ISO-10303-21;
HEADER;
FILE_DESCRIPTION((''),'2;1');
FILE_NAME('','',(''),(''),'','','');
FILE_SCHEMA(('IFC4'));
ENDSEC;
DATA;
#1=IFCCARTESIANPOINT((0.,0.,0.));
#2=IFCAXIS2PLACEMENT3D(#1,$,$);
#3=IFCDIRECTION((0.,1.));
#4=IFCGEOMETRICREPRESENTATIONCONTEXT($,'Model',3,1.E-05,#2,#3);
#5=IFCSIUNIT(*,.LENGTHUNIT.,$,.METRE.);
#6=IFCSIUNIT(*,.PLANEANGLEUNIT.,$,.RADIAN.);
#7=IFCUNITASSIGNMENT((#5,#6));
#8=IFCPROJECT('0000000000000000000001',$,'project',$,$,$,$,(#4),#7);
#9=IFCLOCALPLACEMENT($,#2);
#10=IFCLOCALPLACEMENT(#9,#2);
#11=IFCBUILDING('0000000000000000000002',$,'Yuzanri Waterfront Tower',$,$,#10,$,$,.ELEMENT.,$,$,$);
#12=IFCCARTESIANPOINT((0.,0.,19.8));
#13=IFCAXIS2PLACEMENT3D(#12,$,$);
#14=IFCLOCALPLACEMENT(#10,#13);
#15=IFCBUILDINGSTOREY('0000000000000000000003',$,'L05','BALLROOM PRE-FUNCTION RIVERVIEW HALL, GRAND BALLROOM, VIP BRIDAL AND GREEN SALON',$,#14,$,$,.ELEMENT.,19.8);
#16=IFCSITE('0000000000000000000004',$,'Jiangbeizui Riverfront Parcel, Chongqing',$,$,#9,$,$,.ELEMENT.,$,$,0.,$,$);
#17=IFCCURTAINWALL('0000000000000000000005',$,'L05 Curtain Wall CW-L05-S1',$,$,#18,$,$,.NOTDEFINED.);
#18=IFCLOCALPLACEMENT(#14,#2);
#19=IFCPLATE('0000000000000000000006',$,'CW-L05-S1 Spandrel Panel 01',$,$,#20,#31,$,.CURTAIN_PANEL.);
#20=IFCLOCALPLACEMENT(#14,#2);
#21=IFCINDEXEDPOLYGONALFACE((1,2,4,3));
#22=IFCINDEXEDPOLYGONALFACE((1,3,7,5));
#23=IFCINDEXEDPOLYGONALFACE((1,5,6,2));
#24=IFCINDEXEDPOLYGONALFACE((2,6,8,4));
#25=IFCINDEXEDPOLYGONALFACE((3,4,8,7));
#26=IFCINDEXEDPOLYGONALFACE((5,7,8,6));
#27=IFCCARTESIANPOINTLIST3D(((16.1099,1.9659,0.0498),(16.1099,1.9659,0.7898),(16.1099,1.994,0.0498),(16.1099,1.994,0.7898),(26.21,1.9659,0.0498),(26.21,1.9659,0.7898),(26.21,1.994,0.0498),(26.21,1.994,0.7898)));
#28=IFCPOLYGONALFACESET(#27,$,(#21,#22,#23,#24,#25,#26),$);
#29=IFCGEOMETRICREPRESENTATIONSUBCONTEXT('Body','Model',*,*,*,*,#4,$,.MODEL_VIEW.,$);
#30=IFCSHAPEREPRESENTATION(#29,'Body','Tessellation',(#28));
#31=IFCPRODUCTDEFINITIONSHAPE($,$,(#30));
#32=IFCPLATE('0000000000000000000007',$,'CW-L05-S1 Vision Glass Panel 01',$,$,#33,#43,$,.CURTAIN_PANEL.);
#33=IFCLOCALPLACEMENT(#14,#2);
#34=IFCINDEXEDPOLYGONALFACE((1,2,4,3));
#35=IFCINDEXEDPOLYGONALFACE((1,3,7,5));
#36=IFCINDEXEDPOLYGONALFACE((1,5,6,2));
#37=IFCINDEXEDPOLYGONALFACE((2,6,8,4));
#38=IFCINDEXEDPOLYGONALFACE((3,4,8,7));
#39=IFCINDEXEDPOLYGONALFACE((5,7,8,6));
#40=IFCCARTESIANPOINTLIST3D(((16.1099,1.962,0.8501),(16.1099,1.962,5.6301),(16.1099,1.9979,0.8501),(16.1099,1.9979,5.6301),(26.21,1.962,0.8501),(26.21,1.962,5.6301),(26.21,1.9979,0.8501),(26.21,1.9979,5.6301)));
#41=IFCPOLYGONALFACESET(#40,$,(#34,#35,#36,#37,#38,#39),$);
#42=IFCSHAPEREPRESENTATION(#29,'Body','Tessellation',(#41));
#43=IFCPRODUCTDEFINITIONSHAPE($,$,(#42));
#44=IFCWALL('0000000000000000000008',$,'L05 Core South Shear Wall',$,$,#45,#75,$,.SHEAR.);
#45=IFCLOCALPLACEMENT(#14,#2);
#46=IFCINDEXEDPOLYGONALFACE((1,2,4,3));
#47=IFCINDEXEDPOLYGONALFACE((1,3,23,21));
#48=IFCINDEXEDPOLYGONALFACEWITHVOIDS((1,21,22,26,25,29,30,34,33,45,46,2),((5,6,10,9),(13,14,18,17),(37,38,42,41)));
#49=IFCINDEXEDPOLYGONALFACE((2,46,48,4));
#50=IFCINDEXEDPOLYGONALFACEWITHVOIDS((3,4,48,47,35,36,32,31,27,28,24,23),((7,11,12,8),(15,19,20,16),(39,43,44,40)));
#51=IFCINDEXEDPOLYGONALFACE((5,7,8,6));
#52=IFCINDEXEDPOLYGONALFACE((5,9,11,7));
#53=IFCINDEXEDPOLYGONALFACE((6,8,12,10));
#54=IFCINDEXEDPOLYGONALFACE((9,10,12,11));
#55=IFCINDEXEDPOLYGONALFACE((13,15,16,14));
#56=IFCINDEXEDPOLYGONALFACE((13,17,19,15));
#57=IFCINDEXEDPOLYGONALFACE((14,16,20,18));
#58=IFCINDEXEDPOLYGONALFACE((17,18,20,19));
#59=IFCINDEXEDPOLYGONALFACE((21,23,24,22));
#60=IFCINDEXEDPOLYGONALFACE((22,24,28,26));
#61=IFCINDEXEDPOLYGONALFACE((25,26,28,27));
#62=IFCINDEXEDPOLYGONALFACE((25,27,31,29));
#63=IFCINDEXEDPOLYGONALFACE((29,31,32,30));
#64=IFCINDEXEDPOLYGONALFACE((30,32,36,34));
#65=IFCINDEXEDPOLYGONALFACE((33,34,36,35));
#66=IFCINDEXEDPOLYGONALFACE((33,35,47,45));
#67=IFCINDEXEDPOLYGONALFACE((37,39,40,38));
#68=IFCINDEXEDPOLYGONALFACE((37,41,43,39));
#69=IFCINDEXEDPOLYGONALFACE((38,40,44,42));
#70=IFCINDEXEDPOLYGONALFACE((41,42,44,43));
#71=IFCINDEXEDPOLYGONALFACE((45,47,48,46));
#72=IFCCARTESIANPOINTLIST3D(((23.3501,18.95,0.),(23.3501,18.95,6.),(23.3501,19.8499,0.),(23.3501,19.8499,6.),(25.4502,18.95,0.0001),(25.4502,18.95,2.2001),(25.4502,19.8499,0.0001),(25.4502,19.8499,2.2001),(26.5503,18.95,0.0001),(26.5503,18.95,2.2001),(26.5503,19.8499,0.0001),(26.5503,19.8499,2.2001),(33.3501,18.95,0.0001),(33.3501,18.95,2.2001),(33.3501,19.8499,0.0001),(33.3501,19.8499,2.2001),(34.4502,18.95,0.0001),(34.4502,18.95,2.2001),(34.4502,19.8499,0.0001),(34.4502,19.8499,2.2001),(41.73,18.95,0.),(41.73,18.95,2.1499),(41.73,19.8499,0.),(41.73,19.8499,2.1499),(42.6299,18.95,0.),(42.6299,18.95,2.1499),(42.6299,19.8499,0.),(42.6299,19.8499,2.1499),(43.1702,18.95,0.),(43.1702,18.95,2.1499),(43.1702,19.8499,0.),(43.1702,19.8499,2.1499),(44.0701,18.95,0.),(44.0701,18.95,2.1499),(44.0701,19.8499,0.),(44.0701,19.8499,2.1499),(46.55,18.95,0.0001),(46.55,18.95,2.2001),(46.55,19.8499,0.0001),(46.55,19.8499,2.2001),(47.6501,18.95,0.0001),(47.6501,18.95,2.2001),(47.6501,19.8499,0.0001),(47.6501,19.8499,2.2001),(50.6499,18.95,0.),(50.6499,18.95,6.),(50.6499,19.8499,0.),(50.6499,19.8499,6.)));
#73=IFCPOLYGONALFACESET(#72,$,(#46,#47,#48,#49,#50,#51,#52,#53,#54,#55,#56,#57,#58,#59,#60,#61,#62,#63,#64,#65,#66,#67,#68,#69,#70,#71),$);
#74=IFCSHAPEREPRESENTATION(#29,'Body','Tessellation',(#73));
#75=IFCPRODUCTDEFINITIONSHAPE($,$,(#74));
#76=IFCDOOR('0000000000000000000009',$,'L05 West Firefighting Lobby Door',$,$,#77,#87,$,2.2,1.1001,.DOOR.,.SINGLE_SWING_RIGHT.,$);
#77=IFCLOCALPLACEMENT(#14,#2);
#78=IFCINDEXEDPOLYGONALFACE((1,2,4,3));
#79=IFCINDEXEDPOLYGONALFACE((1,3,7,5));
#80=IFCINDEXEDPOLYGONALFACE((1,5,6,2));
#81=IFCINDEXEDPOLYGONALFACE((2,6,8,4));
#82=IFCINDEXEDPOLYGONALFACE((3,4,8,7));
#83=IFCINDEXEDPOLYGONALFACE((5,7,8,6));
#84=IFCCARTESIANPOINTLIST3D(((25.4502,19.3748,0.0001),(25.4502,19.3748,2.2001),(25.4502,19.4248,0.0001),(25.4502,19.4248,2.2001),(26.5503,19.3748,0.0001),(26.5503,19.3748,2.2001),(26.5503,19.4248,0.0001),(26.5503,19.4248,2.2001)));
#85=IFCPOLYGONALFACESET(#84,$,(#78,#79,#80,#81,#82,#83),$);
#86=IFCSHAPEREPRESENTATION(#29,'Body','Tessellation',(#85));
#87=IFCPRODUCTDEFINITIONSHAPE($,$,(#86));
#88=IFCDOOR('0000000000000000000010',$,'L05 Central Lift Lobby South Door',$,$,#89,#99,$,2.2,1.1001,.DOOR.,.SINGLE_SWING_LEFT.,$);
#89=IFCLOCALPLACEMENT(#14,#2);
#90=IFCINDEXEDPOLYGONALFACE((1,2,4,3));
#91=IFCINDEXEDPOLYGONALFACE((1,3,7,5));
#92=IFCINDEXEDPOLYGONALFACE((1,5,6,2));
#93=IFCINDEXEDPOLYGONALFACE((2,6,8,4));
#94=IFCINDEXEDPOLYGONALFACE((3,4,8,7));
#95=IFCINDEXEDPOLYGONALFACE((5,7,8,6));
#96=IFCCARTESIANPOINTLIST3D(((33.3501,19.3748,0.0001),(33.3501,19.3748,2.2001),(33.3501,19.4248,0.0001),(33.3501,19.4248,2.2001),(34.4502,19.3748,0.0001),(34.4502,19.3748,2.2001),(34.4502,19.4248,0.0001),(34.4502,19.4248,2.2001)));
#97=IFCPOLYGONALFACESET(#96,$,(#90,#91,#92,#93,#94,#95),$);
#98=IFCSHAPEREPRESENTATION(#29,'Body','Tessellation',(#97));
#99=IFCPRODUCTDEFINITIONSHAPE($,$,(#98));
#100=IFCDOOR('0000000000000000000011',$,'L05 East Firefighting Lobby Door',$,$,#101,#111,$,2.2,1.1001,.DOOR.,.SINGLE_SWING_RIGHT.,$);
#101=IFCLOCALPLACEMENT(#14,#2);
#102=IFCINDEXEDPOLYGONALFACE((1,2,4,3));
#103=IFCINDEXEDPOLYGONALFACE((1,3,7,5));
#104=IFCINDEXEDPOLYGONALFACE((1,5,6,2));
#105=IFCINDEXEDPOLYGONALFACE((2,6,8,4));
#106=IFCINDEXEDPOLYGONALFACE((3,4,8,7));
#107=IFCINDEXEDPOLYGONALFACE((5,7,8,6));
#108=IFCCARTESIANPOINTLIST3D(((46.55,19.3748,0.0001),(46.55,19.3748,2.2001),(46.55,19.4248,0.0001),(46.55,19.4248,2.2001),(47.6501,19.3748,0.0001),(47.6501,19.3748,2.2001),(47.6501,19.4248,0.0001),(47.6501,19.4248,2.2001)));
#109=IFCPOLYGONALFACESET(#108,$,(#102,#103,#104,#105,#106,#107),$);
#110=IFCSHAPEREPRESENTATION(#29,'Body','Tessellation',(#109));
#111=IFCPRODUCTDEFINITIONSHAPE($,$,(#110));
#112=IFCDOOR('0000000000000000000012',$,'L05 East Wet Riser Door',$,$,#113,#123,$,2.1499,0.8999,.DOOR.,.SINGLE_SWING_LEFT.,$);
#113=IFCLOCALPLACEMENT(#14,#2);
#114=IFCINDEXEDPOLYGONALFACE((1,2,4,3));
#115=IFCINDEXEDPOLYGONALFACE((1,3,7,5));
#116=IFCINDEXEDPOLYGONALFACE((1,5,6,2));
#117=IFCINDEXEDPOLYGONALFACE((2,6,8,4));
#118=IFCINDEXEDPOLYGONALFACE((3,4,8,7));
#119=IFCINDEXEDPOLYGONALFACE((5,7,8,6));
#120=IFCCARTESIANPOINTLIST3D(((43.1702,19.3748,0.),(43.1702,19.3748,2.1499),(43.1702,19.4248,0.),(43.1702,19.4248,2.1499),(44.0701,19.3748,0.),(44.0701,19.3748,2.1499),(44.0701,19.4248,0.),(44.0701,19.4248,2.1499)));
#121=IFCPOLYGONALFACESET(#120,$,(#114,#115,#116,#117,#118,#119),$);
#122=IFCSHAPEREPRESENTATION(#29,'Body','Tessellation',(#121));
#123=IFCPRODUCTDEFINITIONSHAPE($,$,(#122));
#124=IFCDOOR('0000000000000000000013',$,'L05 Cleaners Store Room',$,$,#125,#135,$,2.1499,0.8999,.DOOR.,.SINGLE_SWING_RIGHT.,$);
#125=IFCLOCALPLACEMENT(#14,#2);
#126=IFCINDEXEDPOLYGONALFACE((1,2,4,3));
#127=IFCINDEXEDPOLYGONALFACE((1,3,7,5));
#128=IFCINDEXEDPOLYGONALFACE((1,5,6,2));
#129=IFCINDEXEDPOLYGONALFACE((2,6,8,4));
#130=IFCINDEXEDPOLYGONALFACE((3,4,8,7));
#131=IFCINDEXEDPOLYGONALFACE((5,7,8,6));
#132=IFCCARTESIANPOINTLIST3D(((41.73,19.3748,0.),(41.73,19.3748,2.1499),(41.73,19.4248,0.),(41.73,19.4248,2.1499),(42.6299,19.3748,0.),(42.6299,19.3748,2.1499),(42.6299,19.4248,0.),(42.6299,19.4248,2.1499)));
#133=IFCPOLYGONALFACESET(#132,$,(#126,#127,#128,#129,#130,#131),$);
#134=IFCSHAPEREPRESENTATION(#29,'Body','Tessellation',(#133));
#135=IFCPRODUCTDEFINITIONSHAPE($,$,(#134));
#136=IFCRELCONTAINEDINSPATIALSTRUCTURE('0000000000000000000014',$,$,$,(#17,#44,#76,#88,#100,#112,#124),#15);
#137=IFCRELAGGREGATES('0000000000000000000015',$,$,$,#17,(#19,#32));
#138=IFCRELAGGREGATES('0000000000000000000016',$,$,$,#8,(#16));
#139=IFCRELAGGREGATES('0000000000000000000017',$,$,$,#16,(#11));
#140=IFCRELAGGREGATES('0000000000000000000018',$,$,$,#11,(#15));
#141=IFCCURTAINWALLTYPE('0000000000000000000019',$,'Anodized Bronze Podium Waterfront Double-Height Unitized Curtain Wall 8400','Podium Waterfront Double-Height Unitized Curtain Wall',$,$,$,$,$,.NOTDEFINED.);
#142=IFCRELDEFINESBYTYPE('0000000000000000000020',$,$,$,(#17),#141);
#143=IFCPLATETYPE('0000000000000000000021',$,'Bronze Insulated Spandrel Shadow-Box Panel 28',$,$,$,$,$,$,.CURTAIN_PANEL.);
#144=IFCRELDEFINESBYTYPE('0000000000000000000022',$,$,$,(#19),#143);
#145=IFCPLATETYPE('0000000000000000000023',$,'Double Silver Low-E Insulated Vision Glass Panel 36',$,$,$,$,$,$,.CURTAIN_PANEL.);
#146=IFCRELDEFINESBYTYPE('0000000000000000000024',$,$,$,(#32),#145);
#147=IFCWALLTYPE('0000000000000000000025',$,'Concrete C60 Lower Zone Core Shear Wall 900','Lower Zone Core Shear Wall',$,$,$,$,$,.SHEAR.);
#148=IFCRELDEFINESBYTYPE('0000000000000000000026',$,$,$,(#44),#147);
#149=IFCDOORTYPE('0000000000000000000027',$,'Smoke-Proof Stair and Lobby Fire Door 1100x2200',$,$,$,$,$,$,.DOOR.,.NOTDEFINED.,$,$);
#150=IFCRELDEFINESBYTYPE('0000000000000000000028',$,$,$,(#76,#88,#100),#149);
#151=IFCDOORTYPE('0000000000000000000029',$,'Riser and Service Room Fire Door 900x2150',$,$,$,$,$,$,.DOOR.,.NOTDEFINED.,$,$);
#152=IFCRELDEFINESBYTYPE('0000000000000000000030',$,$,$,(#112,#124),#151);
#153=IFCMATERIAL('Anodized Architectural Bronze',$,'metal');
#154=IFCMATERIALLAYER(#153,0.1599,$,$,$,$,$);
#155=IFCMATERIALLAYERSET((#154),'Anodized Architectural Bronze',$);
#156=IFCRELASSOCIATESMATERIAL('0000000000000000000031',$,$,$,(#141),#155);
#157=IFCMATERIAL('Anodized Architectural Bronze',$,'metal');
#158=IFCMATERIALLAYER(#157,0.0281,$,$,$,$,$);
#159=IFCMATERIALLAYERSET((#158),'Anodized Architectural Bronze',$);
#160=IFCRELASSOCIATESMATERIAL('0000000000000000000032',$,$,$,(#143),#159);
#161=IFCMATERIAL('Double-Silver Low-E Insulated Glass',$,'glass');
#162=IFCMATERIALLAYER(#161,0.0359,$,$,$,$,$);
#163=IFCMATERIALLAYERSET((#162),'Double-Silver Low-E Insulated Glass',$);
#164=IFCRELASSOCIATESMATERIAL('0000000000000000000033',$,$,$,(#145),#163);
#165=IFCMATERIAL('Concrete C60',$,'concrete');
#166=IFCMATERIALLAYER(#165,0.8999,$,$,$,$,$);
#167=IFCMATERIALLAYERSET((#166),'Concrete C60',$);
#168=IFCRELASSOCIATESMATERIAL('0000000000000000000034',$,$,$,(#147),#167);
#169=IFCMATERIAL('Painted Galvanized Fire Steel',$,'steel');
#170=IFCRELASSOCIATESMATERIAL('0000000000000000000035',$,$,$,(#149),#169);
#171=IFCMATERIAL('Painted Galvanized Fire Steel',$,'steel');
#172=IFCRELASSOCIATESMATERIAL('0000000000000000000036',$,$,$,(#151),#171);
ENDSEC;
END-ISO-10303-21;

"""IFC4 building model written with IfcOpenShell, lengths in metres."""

from ifc_helpers import new_model, si_unit, direction, frame, frame_2d, origin, origin_2d, place, context, subcontext, project, spatial, rectangle, extrude, source, transform, mapped, material, layer, layer_set, type_object, element, fill, aggregate, save


model = new_model("IFC4")

# Units and contexts
model_context = context("Model", 3, precision=1e-05, world=origin(), true_north=direction((0.0, 1.0)))
body_context = subcontext(model_context, "Body", "Model", "MODEL_VIEW")
ifc_project = project(units=[si_unit("LENGTHUNIT", "METRE"), si_unit("PLANEANGLEUNIT", "RADIAN")], contexts=[model_context])

# Site, building, storey
site_placement = place(None, origin())
site = spatial("IfcSite", under=ifc_project, at=site_placement, Name="Jiangbeizui Riverfront Parcel, Chongqing", CompositionType="ELEMENT", RefElevation=0.0)
building_placement = place(site_placement, origin())
building = spatial("IfcBuilding", under=site, at=building_placement, Name="Yuzanri Waterfront Tower", CompositionType="ELEMENT")
storey_placement = place(building_placement, frame((0.0, 0.0, 19.8)))
storey = spatial("IfcBuildingStorey", under=building, at=storey_placement, Name="L05", Description="BALLROOM PRE-FUNCTION RIVERVIEW HALL, GRAND BALLROOM, VIP BRIDAL AND GREEN SALON", CompositionType="ELEMENT", Elevation=19.8)

# Curtain wall, plates
ifc_material_1 = material(Name="Anodized Architectural Bronze", Category="metal")
ifc_layer_1 = layer(ifc_material_1, 0.1599)
ifc_layer_set_1 = layer_set([ifc_layer_1], Name="Anodized Architectural Bronze")
curtain_wall_type = type_object("IfcCurtainWallType", Name="Anodized Bronze Podium Waterfront Double-Height Unitized Curtain Wall 8400", Description="Podium Waterfront Double-Height Unitized Curtain Wall", PredefinedType="NOTDEFINED", material=ifc_layer_set_1)
curtain_wall_placement = place(storey_placement, origin())
curtain_wall = element("IfcCurtainWall", 1, at=curtain_wall_placement, inside=storey, type_object=curtain_wall_type, Name="L05 Curtain Wall CW-L05-S1", PredefinedType="NOTDEFINED")
ifc_material_2 = material(Name="Anodized Architectural Bronze", Category="metal")
ifc_layer_2 = layer(ifc_material_2, 0.0281)
ifc_layer_set_2 = layer_set([ifc_layer_2], Name="Anodized Architectural Bronze")
plate_type_1 = type_object("IfcPlateType", Name="Bronze Insulated Spandrel Shadow-Box Panel 28", PredefinedType="CURTAIN_PANEL", material=ifc_layer_set_2)
shared_shape_1 = source(origin(), body_context, "Body", "SweptSolid", [
    extrude(rectangle(XDim=10.1001, YDim=0.0281, at=origin_2d()), origin(), (0.0, 0.0, 1.0), 0.74),
])
plate_1_placement = place(storey_placement, frame((21.1599, 1.98, 0.0498), z_axis=(0.0, 0.0, 1.0), x_axis=(1.0, 0.0, 0.0)))
plate_1 = element("IfcPlate", 2, at=plate_1_placement, type_object=plate_type_1, Name="CW-L05-S1 Spandrel Panel 01", PredefinedType="CURTAIN_PANEL", context=body_context, shape_type="MappedRepresentation", body=[
    mapped(shared_shape_1, transform((0.0, 0.0, 0.0), scale=1.0)),
])
ifc_material_3 = material(Name="Double-Silver Low-E Insulated Glass", Category="glass")
ifc_layer_3 = layer(ifc_material_3, 0.0359)
ifc_layer_set_3 = layer_set([ifc_layer_3], Name="Double-Silver Low-E Insulated Glass")
plate_type_2 = type_object("IfcPlateType", Name="Double Silver Low-E Insulated Vision Glass Panel 36", PredefinedType="CURTAIN_PANEL", material=ifc_layer_set_3)
shared_shape_2 = source(origin(), body_context, "Body", "SweptSolid", [
    extrude(rectangle(XDim=10.1001, YDim=0.0359, at=origin_2d()), origin(), (0.0, 0.0, 1.0), 4.78),
])
plate_2_placement = place(storey_placement, frame((21.1599, 1.98, 0.8501), z_axis=(0.0, 0.0, 1.0), x_axis=(1.0, 0.0, 0.0)))
plate_2 = element("IfcPlate", 3, at=plate_2_placement, type_object=plate_type_2, Name="CW-L05-S1 Vision Glass Panel 01", PredefinedType="CURTAIN_PANEL", context=body_context, shape_type="MappedRepresentation", body=[
    mapped(shared_shape_2, transform((0.0, 0.0, 0.0), scale=1.0)),
])
aggregate(curtain_wall, [plate_1, plate_2])

# Wall, openings, doors
ifc_material_4 = material(Name="Concrete C60", Category="concrete")
ifc_layer_4 = layer(ifc_material_4, 0.8999)
ifc_layer_set_4 = layer_set([ifc_layer_4], Name="Concrete C60")
wall_type_1 = type_object("IfcWallType", Name="Concrete C60 Lower Zone Core Shear Wall 900", Description="Lower Zone Core Shear Wall", PredefinedType="SHEAR", material=ifc_layer_set_4)
wall_1_placement = place(storey_placement, frame((23.3501, 19.3999, 0.0), z_axis=(0.0, 0.0, 1.0), x_axis=(1.0, 0.0, 0.0)))
wall_1 = element("IfcWall", 4, at=wall_1_placement, inside=storey, type_object=wall_type_1, Name="L05 Core South Shear Wall", PredefinedType="SHEAR", context=body_context, shape_type="SweptSolid", body=[
    extrude(rectangle(XDim=27.2998, YDim=0.8999, at=frame_2d((13.6499, 0.0))), origin(), (0.0, 0.0, 1.0), 6.0),
])
opening_1_placement = place(wall_1_placement, frame((2.1001, 0.0, 0.0)))
opening_1 = element("IfcOpeningElement", 5, at=opening_1_placement, cuts=wall_1, PredefinedType="OPENING", context=body_context, shape_type="SweptSolid", body=[
    extrude(rectangle(XDim=1.1001, YDim=2.2, at=frame_2d((0.55, 1.1001))), frame((0.0, 0.4648, 0.0), z_axis=(0.0, -1.0, 0.0), x_axis=(1.0, 0.0, 0.0)), (0.0, 0.0, 1.0), 0.9297),
])
opening_2_placement = place(wall_1_placement, frame((10.0, 0.0, 0.0)))
opening_2 = element("IfcOpeningElement", 6, at=opening_2_placement, cuts=wall_1, PredefinedType="OPENING", context=body_context, shape_type="SweptSolid", body=[
    extrude(rectangle(XDim=1.1001, YDim=2.2, at=frame_2d((0.55, 1.1001))), frame((0.0, 0.4648, 0.0), z_axis=(0.0, -1.0, 0.0), x_axis=(1.0, 0.0, 0.0)), (0.0, 0.0, 1.0), 0.9297),
])
opening_3_placement = place(wall_1_placement, frame((23.2, 0.0, 0.0)))
opening_3 = element("IfcOpeningElement", 7, at=opening_3_placement, cuts=wall_1, PredefinedType="OPENING", context=body_context, shape_type="SweptSolid", body=[
    extrude(rectangle(XDim=1.1001, YDim=2.2, at=frame_2d((0.55, 1.1001))), frame((0.0, 0.4648, 0.0), z_axis=(0.0, -1.0, 0.0), x_axis=(1.0, 0.0, 0.0)), (0.0, 0.0, 1.0), 0.9297),
])
opening_4_placement = place(wall_1_placement, frame((19.8201, 0.0, 0.0)))
opening_4 = element("IfcOpeningElement", 8, at=opening_4_placement, cuts=wall_1, PredefinedType="OPENING", context=body_context, shape_type="SweptSolid", body=[
    extrude(rectangle(XDim=0.8999, YDim=2.1499, at=frame_2d((0.45, 1.075))), frame((0.0, 0.4648, 0.0), z_axis=(0.0, -1.0, 0.0), x_axis=(1.0, 0.0, 0.0)), (0.0, 0.0, 1.0), 0.9297),
])
opening_5_placement = place(wall_1_placement, frame((18.3799, 0.0, 0.0)))
opening_5 = element("IfcOpeningElement", 9, at=opening_5_placement, cuts=wall_1, PredefinedType="OPENING", context=body_context, shape_type="SweptSolid", body=[
    extrude(rectangle(XDim=0.8999, YDim=2.1499, at=frame_2d((0.45, 1.075))), frame((0.0, 0.4648, 0.0), z_axis=(0.0, -1.0, 0.0), x_axis=(1.0, 0.0, 0.0)), (0.0, 0.0, 1.0), 0.9297),
])
ifc_material_5 = material(Name="Painted Galvanized Fire Steel", Category="steel")
door_type_1 = type_object("IfcDoorType", Name="Smoke-Proof Stair and Lobby Fire Door 1100x2200", OperationType="NOTDEFINED", PredefinedType="DOOR", material=ifc_material_5)
shared_shape_3 = source(origin(), body_context, "Body", "SweptSolid", [
    extrude(rectangle(XDim=1.1001, YDim=2.2, at=frame_2d((0.55, 1.1001))), frame((0.0, 0.0249, 0.0), z_axis=(0.0, -1.0, 0.0), x_axis=(1.0, 0.0, 0.0)), (0.0, 0.0, 1.0), 0.05),
])
door_1_placement = place(opening_1_placement, origin())
door_1 = element("IfcDoor", 10, at=door_1_placement, inside=storey, type_object=door_type_1, Name="L05 West Firefighting Lobby Door", OperationType="SINGLE_SWING_RIGHT", OverallHeight=2.2, OverallWidth=1.1001, PredefinedType="DOOR", context=body_context, shape_type="MappedRepresentation", body=[
    mapped(shared_shape_3, transform((0.0, 0.0, 0.0), scale=1.0)),
])
fill(opening_1, door_1)
door_2_placement = place(opening_2_placement, origin())
door_2 = element("IfcDoor", 11, at=door_2_placement, inside=storey, type_object=door_type_1, Name="L05 Central Lift Lobby South Door", OperationType="SINGLE_SWING_LEFT", OverallHeight=2.2, OverallWidth=1.1001, PredefinedType="DOOR", context=body_context, shape_type="MappedRepresentation", body=[
    mapped(shared_shape_3, transform((0.0, 0.0, 0.0), scale=1.0)),
])
fill(opening_2, door_2)
door_3_placement = place(opening_3_placement, origin())
door_3 = element("IfcDoor", 12, at=door_3_placement, inside=storey, type_object=door_type_1, Name="L05 East Firefighting Lobby Door", OperationType="SINGLE_SWING_RIGHT", OverallHeight=2.2, OverallWidth=1.1001, PredefinedType="DOOR", context=body_context, shape_type="MappedRepresentation", body=[
    mapped(shared_shape_3, transform((0.0, 0.0, 0.0), scale=1.0)),
])
fill(opening_3, door_3)
ifc_material_6 = material(Name="Painted Galvanized Fire Steel", Category="steel")
door_type_2 = type_object("IfcDoorType", Name="Riser and Service Room Fire Door 900x2150", OperationType="NOTDEFINED", PredefinedType="DOOR", material=ifc_material_6)
shared_shape_4 = source(origin(), body_context, "Body", "SweptSolid", [
    extrude(rectangle(XDim=0.8999, YDim=2.1499, at=frame_2d((0.45, 1.075))), frame((0.0, 0.0249, 0.0), z_axis=(0.0, -1.0, 0.0), x_axis=(1.0, 0.0, 0.0)), (0.0, 0.0, 1.0), 0.05),
])
door_4_placement = place(opening_4_placement, origin())
door_4 = element("IfcDoor", 13, at=door_4_placement, inside=storey, type_object=door_type_2, Name="L05 East Wet Riser Door", OperationType="SINGLE_SWING_LEFT", OverallHeight=2.1499, OverallWidth=0.8999, PredefinedType="DOOR", context=body_context, shape_type="MappedRepresentation", body=[
    mapped(shared_shape_4, transform((0.0, 0.0, 0.0), scale=1.0)),
])
fill(opening_4, door_4)
door_5_placement = place(opening_5_placement, origin())
door_5 = element("IfcDoor", 14, at=door_5_placement, inside=storey, type_object=door_type_2, Name="L05 Cleaners Store Room", OperationType="SINGLE_SWING_RIGHT", OverallHeight=2.1499, OverallWidth=0.8999, PredefinedType="DOOR", context=body_context, shape_type="MappedRepresentation", body=[
    mapped(shared_shape_4, transform((0.0, 0.0, 0.0), scale=1.0)),
])
fill(opening_5, door_5)

save(model, "model.ifc")
